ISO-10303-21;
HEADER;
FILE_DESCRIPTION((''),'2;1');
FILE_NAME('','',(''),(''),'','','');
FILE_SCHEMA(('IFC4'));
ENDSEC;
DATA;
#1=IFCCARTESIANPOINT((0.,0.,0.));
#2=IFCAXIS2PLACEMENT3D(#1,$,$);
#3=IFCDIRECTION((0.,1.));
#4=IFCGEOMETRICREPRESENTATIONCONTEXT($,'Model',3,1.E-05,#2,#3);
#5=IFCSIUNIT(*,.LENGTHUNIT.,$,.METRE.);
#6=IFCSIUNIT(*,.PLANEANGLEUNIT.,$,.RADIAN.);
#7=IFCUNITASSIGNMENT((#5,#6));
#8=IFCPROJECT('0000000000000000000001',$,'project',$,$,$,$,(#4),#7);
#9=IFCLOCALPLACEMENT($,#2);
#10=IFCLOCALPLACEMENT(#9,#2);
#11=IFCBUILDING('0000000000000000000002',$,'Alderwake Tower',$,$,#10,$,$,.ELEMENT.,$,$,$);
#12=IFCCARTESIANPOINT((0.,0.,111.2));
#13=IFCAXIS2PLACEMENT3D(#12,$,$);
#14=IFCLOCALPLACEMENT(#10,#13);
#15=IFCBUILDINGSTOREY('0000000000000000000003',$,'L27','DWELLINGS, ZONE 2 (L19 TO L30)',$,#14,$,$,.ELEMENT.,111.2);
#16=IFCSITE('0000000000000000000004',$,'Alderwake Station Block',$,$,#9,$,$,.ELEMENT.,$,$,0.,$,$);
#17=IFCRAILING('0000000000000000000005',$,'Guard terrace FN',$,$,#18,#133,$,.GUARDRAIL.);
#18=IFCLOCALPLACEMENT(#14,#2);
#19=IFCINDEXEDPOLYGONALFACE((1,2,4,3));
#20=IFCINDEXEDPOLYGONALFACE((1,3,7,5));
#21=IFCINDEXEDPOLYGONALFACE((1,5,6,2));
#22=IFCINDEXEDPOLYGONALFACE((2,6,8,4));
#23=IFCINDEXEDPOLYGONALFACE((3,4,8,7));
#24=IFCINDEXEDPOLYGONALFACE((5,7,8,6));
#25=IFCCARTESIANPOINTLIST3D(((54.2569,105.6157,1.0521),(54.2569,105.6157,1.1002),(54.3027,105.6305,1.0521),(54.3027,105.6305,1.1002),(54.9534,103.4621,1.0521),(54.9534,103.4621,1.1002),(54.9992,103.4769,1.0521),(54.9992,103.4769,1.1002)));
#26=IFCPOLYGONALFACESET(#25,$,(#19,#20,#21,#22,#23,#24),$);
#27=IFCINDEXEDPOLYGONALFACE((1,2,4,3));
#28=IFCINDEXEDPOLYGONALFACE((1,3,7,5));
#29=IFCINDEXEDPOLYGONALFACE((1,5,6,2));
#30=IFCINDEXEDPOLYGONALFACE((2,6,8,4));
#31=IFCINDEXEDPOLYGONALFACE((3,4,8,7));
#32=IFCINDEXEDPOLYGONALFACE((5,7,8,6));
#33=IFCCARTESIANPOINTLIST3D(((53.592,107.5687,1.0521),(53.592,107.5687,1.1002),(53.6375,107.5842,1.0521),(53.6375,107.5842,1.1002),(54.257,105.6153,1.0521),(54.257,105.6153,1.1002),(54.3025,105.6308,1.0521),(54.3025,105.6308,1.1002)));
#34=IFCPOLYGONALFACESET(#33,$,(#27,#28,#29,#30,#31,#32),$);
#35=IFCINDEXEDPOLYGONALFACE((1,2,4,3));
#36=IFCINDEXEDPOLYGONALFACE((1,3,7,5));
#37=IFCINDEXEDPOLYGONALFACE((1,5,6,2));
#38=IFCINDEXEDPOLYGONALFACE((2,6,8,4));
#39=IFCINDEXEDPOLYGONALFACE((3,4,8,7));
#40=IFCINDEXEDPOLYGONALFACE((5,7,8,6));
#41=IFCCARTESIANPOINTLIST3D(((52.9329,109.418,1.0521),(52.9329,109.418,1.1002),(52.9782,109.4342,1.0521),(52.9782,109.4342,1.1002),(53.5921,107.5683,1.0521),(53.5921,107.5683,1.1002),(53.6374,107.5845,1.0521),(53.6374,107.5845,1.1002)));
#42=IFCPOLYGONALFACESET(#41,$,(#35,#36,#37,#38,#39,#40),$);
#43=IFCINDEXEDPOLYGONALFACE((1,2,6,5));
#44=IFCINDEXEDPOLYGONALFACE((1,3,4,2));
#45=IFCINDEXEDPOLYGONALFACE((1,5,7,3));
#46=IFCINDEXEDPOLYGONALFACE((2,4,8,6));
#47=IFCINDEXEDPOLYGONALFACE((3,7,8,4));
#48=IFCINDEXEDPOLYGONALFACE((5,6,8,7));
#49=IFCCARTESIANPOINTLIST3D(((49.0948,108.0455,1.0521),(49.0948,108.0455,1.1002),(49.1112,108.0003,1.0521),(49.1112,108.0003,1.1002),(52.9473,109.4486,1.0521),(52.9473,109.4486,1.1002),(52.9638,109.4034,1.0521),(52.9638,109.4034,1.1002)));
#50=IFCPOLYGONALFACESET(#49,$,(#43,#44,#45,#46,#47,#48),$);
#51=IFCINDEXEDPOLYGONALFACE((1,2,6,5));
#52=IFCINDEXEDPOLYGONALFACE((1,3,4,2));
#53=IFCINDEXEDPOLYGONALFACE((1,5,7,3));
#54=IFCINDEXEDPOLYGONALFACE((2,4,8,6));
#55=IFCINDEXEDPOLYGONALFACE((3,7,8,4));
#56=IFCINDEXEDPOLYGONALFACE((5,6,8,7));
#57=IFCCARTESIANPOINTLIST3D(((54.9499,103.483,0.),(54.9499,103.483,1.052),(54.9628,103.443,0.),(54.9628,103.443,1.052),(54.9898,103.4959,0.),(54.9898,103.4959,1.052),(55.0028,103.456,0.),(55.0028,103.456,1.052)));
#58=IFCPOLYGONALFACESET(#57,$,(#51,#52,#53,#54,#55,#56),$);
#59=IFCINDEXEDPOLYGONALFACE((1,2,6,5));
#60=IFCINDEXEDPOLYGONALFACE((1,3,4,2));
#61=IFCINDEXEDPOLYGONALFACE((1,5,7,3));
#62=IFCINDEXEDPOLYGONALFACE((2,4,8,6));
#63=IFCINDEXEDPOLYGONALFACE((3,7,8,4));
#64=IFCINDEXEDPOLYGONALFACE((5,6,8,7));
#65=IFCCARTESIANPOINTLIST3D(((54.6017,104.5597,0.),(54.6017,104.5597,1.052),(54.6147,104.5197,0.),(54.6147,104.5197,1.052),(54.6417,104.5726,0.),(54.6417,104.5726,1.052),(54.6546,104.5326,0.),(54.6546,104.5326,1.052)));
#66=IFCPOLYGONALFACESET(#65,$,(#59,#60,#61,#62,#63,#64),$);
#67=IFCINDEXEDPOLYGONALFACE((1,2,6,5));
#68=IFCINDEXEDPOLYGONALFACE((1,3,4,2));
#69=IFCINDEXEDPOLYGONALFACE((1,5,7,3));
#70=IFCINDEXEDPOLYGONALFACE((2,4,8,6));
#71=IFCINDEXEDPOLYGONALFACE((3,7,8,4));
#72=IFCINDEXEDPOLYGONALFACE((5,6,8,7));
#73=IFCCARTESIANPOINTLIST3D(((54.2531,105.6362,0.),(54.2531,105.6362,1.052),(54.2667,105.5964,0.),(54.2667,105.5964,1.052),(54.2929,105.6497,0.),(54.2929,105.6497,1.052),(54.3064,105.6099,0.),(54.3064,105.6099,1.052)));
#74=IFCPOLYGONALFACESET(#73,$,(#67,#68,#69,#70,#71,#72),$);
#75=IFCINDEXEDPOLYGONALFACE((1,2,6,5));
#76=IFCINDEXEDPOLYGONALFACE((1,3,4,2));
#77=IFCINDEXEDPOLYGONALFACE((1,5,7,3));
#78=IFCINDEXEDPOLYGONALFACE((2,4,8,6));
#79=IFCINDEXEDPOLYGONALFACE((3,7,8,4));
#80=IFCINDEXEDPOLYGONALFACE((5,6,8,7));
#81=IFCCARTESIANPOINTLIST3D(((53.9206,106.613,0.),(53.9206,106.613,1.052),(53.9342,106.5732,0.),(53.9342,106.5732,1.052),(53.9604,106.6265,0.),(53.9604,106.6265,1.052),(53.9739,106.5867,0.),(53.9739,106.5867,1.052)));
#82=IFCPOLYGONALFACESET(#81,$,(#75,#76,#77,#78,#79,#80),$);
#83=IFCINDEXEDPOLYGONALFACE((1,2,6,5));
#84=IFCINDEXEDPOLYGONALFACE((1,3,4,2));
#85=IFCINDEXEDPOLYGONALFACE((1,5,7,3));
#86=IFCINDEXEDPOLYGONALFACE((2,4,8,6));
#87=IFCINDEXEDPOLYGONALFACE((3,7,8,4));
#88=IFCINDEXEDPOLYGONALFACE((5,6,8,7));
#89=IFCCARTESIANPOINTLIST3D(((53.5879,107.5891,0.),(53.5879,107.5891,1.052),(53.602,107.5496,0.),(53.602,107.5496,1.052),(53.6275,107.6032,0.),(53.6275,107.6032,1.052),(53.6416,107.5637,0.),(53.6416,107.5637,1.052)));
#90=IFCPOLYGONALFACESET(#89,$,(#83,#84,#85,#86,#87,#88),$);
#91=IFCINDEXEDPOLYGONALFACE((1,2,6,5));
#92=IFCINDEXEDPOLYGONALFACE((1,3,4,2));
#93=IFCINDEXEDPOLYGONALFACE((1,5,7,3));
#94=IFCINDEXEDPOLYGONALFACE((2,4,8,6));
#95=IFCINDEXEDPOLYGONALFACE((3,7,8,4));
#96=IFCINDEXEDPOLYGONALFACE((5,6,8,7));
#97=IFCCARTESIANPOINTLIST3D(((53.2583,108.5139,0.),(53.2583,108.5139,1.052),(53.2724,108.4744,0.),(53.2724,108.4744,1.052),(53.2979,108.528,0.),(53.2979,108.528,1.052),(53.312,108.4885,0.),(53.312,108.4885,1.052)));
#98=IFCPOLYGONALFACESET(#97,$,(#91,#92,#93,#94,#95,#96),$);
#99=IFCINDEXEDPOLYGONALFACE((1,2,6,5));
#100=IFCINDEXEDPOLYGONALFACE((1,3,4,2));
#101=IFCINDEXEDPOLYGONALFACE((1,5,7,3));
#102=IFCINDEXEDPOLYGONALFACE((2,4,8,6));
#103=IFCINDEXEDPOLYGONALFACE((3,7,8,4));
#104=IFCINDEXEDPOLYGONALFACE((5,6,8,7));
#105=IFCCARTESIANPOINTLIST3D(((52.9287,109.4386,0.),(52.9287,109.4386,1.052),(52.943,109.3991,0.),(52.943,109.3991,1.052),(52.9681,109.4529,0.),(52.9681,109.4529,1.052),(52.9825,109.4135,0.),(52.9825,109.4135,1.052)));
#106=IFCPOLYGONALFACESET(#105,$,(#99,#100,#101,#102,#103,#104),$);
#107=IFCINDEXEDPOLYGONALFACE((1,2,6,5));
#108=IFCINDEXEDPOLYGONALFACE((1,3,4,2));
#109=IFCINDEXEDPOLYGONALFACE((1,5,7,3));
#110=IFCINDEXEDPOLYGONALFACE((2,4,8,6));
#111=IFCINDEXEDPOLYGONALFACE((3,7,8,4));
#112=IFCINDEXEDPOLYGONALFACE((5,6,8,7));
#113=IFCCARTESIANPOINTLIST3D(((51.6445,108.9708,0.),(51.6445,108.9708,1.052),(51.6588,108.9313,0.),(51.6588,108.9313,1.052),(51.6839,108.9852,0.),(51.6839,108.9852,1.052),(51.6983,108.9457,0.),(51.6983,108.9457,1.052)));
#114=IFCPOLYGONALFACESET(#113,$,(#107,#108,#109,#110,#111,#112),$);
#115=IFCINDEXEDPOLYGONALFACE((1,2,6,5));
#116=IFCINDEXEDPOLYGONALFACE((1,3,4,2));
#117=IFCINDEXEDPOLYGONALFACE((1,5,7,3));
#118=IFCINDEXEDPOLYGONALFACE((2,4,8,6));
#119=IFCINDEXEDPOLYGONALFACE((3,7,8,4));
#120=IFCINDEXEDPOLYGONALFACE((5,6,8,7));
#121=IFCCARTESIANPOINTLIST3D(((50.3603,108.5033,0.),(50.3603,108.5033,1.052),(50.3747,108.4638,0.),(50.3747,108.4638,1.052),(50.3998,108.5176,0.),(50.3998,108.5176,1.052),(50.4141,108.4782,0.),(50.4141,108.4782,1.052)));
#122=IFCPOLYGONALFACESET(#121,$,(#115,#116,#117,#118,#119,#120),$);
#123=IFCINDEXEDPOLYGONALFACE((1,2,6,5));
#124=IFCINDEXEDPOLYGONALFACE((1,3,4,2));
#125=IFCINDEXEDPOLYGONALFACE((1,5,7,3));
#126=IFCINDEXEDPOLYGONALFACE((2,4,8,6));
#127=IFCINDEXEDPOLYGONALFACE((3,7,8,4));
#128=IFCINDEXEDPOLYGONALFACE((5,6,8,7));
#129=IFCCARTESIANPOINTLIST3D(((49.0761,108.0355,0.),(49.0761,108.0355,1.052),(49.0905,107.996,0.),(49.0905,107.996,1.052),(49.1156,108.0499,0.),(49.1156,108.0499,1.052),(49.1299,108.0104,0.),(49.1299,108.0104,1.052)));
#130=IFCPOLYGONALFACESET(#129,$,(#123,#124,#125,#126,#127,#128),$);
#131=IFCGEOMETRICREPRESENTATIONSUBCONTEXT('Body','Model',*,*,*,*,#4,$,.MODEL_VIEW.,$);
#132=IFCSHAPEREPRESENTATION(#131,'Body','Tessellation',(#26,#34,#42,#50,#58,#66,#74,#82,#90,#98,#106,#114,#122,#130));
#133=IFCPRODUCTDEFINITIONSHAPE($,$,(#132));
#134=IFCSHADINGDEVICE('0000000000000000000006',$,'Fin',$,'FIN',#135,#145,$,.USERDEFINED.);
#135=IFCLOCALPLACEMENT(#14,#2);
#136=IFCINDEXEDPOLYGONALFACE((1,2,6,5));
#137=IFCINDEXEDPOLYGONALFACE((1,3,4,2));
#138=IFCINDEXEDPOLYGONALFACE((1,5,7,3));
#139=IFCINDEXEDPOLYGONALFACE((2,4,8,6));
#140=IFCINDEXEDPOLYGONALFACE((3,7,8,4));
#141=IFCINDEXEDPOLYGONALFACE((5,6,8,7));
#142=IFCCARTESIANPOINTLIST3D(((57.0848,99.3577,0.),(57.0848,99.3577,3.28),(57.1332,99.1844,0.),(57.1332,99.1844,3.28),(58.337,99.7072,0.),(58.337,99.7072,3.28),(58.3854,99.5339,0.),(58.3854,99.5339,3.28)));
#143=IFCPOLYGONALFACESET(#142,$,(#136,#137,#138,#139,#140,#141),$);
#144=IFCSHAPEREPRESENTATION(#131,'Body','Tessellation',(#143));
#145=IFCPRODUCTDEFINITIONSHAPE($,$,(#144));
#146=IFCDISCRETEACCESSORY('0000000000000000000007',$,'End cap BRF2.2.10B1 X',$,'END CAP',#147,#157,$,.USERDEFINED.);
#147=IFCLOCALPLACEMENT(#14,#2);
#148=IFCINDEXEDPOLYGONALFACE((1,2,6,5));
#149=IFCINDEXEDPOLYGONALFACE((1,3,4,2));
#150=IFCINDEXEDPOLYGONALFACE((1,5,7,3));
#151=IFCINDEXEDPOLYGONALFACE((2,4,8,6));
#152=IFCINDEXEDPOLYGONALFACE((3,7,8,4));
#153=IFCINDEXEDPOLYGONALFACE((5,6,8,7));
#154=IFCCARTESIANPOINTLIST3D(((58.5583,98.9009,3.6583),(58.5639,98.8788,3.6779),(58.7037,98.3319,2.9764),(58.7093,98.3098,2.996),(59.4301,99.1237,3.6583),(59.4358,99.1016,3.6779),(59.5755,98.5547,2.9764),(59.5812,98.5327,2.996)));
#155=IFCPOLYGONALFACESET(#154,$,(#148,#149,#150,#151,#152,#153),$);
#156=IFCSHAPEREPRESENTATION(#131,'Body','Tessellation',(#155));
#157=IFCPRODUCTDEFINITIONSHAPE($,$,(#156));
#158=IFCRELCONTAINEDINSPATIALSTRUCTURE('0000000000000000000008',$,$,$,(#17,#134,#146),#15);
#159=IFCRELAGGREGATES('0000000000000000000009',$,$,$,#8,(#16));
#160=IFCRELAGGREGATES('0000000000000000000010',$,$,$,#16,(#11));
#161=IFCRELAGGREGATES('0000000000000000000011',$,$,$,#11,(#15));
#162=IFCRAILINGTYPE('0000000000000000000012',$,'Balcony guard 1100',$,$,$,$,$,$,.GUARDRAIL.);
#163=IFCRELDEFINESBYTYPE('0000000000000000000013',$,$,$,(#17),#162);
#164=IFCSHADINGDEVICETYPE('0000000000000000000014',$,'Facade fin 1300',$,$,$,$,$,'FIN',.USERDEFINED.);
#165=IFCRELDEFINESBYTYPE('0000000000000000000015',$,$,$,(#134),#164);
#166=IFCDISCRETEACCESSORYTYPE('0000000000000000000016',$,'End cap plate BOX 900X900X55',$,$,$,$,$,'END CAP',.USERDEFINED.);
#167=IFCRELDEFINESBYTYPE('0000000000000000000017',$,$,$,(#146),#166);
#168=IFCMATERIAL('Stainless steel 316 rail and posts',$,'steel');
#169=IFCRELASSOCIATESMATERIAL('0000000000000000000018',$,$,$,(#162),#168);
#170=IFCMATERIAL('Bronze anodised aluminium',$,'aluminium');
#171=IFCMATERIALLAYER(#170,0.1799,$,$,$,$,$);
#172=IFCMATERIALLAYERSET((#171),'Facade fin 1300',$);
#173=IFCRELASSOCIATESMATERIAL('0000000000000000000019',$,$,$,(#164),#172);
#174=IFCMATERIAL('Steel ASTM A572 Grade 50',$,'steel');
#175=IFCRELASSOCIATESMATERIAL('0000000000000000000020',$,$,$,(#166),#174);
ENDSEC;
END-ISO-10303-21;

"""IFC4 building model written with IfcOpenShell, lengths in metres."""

from ifc_helpers import new_model, si_unit, direction, frame, origin, origin_2d, place, context, subcontext, project, spatial, rectangle, extrude, material, layer, layer_set, material_profile, profile_set, type_object, element, save


model = new_model("IFC4")

# Units and contexts
model_context = context("Model", 3, precision=1e-05, world=origin(), true_north=direction((0.0, 1.0)))
body_context = subcontext(model_context, "Body", "Model", "MODEL_VIEW")
ifc_project = project(units=[si_unit("LENGTHUNIT", "METRE"), si_unit("PLANEANGLEUNIT", "RADIAN")], contexts=[model_context])

# Site, building, storey
site_placement = place(None, origin())
site = spatial("IfcSite", under=ifc_project, at=site_placement, Name="Alderwake Station Block", CompositionType="ELEMENT", RefElevation=0.0)
building_placement = place(site_placement, origin())
building = spatial("IfcBuilding", under=site, at=building_placement, Name="Alderwake Tower", CompositionType="ELEMENT")
storey_placement = place(building_placement, frame((0.0, 0.0, 111.2)))
storey = spatial("IfcBuildingStorey", under=building, at=storey_placement, Name="L27", Description="DWELLINGS, ZONE 2 (L19 TO L30)", CompositionType="ELEMENT", Elevation=111.2)

# Railing
ifc_material_1 = material(Name="Stainless steel 316 rail and posts", Category="steel")
railing_type = type_object("IfcRailingType", Name="Balcony guard 1100", PredefinedType="GUARDRAIL", material=ifc_material_1)
railing_placement = place(storey_placement, frame((54.9763, 103.4695, 0.0)))
element("IfcRailing", 1, at=railing_placement, inside=storey, type_object=railing_type, Name="Guard terrace FN", PredefinedType="GUARDRAIL", context=body_context, shape_type="SweptSolid", body=[
    extrude(rectangle(XDim=0.0481, YDim=0.0481, at=origin_2d()), frame((0.0, 0.0, 1.0762), z_axis=(-0.307737, 0.951471, 0.0), x_axis=(-0.951471, -0.307737, 0.0)), (0.0, 0.0, 1.0), 2.2634),
    extrude(rectangle(XDim=0.0481, YDim=0.0481, at=origin_2d()), frame((-0.6965, 2.1536, 1.0762), z_axis=(-0.322291, 0.946641, 0.0), x_axis=(-0.946641, -0.322291, 0.0)), (0.0, 0.0, 1.0), 2.0635),
    extrude(rectangle(XDim=0.0481, YDim=0.0481, at=origin_2d()), frame((-1.3616, 4.1069, 1.0762), z_axis=(-0.335706, 0.941967, 0.0), x_axis=(-0.941967, -0.335706, 0.0)), (0.0, 0.0, 1.0), 1.9636),
    extrude(rectangle(XDim=0.0481, YDim=0.0481, at=origin_2d()), frame((-2.0208, 5.9565, 1.0762), z_axis=(-0.939625, -0.342207, 0.0), x_axis=(0.342207, -0.939625, 0.0)), (0.0, 0.0, 1.0), 4.1001),
    extrude(rectangle(XDim=0.042, YDim=0.042, at=origin_2d()), frame((0.0, 0.0, 0.0), z_axis=(0.0, 0.0, 1.0), x_axis=(-0.307737, 0.951471, 0.0)), (0.0, 0.0, 1.0), 1.052),
    extrude(rectangle(XDim=0.042, YDim=0.042, at=origin_2d()), frame((-0.3481, 1.0767, 0.0), z_axis=(0.0, 0.0, 1.0), x_axis=(-0.307737, 0.951471, 0.0)), (0.0, 0.0, 1.0), 1.052),
    extrude(rectangle(XDim=0.042, YDim=0.042, at=origin_2d()), frame((-0.6965, 2.1536, 0.0), z_axis=(0.0, 0.0, 1.0), x_axis=(-0.322291, 0.946641, 0.0)), (0.0, 0.0, 1.0), 1.052),
    extrude(rectangle(XDim=0.042, YDim=0.042, at=origin_2d()), frame((-1.0291, 3.1304, 0.0), z_axis=(0.0, 0.0, 1.0), x_axis=(-0.322291, 0.946641, 0.0)), (0.0, 0.0, 1.0), 1.052),
    extrude(rectangle(XDim=0.042, YDim=0.042, at=origin_2d()), frame((-1.3616, 4.1069, 0.0), z_axis=(0.0, 0.0, 1.0), x_axis=(-0.335706, 0.941967, 0.0)), (0.0, 0.0, 1.0), 1.052),
    extrude(rectangle(XDim=0.042, YDim=0.042, at=origin_2d()), frame((-1.6912, 5.0317, 0.0), z_axis=(0.0, 0.0, 1.0), x_axis=(-0.335706, 0.941967, 0.0)), (0.0, 0.0, 1.0), 1.052),
    extrude(rectangle(XDim=0.042, YDim=0.042, at=origin_2d()), frame((-2.0208, 5.9565, 0.0), z_axis=(0.0, 0.0, 1.0), x_axis=(-0.939625, -0.342207, 0.0)), (0.0, 0.0, 1.0), 1.052),
    extrude(rectangle(XDim=0.042, YDim=0.042, at=origin_2d()), frame((-3.3049, 5.4888, 0.0), z_axis=(0.0, 0.0, 1.0), x_axis=(-0.939625, -0.342207, 0.0)), (0.0, 0.0, 1.0), 1.052),
    extrude(rectangle(XDim=0.042, YDim=0.042, at=origin_2d()), frame((-4.5891, 5.0212, 0.0), z_axis=(0.0, 0.0, 1.0), x_axis=(-0.939625, -0.342207, 0.0)), (0.0, 0.0, 1.0), 1.052),
    extrude(rectangle(XDim=0.042, YDim=0.042, at=origin_2d()), frame((-5.8733, 4.5535, 0.0), z_axis=(0.0, 0.0, 1.0), x_axis=(-0.939625, -0.342207, 0.0)), (0.0, 0.0, 1.0), 1.052),
])

# Shading device
ifc_material_2 = material(Name="Bronze anodised aluminium", Category="aluminium")
ifc_layer_1 = layer(ifc_material_2, 0.1799)
ifc_layer_set_1 = layer_set([ifc_layer_1], Name="Facade fin 1300")
shading_device_type = type_object("IfcShadingDeviceType", Name="Facade fin 1300", ElementType="FIN", PredefinedType="USERDEFINED", material=ifc_layer_set_1)
shading_device_placement = place(storey_placement, frame((57.7351, 99.4458, 0.0), z_axis=(0.0, 0.0, 1.0), x_axis=(0.963182, 0.268851, 0.0)))
element("IfcShadingDevice", 2, at=shading_device_placement, inside=storey, type_object=shading_device_type, Name="Fin", ObjectType="FIN", PredefinedType="USERDEFINED", context=body_context, shape_type="SweptSolid", body=[
    extrude(rectangle(XDim=1.3, YDim=0.1799, at=origin_2d()), origin(), (0.0, 0.0, 1.0), 3.28),
])

# Discrete accessory
ifc_material_3 = material(Name="Steel ASTM A572 Grade 50", Category="steel")
ifc_material_profile_1 = material_profile(ifc_material_3, rectangle(XDim=0.8999, YDim=0.8999, at=origin_2d()), Name="BOX 900X900X55 cap")
ifc_profile_set_1 = profile_set([ifc_material_profile_1], Name="Steel ASTM A572 Grade 50")
discrete_accessory_type = type_object("IfcDiscreteAccessoryType", Name="End cap plate BOX 900X900X55", ElementType="END CAP", PredefinedType="USERDEFINED", material=ifc_profile_set_1)
discrete_accessory_placement = place(storey_placement, frame((59.0669, 98.7278, 3.3174), z_axis=(0.187613, -0.734138, 0.652567), x_axis=(0.968863, 0.247598, 0.0)))
element("IfcDiscreteAccessory", 3, at=discrete_accessory_placement, inside=storey, type_object=discrete_accessory_type, Name="End cap BRF2.2.10B1 X", ObjectType="END CAP", PredefinedType="USERDEFINED", context=body_context, shape_type="SweptSolid", body=[
    extrude(rectangle(XDim=0.8999, YDim=0.8999, at=origin_2d()), origin(), (0.0, 0.0, 1.0), 0.03),
])

save(model, "model.ifc")
